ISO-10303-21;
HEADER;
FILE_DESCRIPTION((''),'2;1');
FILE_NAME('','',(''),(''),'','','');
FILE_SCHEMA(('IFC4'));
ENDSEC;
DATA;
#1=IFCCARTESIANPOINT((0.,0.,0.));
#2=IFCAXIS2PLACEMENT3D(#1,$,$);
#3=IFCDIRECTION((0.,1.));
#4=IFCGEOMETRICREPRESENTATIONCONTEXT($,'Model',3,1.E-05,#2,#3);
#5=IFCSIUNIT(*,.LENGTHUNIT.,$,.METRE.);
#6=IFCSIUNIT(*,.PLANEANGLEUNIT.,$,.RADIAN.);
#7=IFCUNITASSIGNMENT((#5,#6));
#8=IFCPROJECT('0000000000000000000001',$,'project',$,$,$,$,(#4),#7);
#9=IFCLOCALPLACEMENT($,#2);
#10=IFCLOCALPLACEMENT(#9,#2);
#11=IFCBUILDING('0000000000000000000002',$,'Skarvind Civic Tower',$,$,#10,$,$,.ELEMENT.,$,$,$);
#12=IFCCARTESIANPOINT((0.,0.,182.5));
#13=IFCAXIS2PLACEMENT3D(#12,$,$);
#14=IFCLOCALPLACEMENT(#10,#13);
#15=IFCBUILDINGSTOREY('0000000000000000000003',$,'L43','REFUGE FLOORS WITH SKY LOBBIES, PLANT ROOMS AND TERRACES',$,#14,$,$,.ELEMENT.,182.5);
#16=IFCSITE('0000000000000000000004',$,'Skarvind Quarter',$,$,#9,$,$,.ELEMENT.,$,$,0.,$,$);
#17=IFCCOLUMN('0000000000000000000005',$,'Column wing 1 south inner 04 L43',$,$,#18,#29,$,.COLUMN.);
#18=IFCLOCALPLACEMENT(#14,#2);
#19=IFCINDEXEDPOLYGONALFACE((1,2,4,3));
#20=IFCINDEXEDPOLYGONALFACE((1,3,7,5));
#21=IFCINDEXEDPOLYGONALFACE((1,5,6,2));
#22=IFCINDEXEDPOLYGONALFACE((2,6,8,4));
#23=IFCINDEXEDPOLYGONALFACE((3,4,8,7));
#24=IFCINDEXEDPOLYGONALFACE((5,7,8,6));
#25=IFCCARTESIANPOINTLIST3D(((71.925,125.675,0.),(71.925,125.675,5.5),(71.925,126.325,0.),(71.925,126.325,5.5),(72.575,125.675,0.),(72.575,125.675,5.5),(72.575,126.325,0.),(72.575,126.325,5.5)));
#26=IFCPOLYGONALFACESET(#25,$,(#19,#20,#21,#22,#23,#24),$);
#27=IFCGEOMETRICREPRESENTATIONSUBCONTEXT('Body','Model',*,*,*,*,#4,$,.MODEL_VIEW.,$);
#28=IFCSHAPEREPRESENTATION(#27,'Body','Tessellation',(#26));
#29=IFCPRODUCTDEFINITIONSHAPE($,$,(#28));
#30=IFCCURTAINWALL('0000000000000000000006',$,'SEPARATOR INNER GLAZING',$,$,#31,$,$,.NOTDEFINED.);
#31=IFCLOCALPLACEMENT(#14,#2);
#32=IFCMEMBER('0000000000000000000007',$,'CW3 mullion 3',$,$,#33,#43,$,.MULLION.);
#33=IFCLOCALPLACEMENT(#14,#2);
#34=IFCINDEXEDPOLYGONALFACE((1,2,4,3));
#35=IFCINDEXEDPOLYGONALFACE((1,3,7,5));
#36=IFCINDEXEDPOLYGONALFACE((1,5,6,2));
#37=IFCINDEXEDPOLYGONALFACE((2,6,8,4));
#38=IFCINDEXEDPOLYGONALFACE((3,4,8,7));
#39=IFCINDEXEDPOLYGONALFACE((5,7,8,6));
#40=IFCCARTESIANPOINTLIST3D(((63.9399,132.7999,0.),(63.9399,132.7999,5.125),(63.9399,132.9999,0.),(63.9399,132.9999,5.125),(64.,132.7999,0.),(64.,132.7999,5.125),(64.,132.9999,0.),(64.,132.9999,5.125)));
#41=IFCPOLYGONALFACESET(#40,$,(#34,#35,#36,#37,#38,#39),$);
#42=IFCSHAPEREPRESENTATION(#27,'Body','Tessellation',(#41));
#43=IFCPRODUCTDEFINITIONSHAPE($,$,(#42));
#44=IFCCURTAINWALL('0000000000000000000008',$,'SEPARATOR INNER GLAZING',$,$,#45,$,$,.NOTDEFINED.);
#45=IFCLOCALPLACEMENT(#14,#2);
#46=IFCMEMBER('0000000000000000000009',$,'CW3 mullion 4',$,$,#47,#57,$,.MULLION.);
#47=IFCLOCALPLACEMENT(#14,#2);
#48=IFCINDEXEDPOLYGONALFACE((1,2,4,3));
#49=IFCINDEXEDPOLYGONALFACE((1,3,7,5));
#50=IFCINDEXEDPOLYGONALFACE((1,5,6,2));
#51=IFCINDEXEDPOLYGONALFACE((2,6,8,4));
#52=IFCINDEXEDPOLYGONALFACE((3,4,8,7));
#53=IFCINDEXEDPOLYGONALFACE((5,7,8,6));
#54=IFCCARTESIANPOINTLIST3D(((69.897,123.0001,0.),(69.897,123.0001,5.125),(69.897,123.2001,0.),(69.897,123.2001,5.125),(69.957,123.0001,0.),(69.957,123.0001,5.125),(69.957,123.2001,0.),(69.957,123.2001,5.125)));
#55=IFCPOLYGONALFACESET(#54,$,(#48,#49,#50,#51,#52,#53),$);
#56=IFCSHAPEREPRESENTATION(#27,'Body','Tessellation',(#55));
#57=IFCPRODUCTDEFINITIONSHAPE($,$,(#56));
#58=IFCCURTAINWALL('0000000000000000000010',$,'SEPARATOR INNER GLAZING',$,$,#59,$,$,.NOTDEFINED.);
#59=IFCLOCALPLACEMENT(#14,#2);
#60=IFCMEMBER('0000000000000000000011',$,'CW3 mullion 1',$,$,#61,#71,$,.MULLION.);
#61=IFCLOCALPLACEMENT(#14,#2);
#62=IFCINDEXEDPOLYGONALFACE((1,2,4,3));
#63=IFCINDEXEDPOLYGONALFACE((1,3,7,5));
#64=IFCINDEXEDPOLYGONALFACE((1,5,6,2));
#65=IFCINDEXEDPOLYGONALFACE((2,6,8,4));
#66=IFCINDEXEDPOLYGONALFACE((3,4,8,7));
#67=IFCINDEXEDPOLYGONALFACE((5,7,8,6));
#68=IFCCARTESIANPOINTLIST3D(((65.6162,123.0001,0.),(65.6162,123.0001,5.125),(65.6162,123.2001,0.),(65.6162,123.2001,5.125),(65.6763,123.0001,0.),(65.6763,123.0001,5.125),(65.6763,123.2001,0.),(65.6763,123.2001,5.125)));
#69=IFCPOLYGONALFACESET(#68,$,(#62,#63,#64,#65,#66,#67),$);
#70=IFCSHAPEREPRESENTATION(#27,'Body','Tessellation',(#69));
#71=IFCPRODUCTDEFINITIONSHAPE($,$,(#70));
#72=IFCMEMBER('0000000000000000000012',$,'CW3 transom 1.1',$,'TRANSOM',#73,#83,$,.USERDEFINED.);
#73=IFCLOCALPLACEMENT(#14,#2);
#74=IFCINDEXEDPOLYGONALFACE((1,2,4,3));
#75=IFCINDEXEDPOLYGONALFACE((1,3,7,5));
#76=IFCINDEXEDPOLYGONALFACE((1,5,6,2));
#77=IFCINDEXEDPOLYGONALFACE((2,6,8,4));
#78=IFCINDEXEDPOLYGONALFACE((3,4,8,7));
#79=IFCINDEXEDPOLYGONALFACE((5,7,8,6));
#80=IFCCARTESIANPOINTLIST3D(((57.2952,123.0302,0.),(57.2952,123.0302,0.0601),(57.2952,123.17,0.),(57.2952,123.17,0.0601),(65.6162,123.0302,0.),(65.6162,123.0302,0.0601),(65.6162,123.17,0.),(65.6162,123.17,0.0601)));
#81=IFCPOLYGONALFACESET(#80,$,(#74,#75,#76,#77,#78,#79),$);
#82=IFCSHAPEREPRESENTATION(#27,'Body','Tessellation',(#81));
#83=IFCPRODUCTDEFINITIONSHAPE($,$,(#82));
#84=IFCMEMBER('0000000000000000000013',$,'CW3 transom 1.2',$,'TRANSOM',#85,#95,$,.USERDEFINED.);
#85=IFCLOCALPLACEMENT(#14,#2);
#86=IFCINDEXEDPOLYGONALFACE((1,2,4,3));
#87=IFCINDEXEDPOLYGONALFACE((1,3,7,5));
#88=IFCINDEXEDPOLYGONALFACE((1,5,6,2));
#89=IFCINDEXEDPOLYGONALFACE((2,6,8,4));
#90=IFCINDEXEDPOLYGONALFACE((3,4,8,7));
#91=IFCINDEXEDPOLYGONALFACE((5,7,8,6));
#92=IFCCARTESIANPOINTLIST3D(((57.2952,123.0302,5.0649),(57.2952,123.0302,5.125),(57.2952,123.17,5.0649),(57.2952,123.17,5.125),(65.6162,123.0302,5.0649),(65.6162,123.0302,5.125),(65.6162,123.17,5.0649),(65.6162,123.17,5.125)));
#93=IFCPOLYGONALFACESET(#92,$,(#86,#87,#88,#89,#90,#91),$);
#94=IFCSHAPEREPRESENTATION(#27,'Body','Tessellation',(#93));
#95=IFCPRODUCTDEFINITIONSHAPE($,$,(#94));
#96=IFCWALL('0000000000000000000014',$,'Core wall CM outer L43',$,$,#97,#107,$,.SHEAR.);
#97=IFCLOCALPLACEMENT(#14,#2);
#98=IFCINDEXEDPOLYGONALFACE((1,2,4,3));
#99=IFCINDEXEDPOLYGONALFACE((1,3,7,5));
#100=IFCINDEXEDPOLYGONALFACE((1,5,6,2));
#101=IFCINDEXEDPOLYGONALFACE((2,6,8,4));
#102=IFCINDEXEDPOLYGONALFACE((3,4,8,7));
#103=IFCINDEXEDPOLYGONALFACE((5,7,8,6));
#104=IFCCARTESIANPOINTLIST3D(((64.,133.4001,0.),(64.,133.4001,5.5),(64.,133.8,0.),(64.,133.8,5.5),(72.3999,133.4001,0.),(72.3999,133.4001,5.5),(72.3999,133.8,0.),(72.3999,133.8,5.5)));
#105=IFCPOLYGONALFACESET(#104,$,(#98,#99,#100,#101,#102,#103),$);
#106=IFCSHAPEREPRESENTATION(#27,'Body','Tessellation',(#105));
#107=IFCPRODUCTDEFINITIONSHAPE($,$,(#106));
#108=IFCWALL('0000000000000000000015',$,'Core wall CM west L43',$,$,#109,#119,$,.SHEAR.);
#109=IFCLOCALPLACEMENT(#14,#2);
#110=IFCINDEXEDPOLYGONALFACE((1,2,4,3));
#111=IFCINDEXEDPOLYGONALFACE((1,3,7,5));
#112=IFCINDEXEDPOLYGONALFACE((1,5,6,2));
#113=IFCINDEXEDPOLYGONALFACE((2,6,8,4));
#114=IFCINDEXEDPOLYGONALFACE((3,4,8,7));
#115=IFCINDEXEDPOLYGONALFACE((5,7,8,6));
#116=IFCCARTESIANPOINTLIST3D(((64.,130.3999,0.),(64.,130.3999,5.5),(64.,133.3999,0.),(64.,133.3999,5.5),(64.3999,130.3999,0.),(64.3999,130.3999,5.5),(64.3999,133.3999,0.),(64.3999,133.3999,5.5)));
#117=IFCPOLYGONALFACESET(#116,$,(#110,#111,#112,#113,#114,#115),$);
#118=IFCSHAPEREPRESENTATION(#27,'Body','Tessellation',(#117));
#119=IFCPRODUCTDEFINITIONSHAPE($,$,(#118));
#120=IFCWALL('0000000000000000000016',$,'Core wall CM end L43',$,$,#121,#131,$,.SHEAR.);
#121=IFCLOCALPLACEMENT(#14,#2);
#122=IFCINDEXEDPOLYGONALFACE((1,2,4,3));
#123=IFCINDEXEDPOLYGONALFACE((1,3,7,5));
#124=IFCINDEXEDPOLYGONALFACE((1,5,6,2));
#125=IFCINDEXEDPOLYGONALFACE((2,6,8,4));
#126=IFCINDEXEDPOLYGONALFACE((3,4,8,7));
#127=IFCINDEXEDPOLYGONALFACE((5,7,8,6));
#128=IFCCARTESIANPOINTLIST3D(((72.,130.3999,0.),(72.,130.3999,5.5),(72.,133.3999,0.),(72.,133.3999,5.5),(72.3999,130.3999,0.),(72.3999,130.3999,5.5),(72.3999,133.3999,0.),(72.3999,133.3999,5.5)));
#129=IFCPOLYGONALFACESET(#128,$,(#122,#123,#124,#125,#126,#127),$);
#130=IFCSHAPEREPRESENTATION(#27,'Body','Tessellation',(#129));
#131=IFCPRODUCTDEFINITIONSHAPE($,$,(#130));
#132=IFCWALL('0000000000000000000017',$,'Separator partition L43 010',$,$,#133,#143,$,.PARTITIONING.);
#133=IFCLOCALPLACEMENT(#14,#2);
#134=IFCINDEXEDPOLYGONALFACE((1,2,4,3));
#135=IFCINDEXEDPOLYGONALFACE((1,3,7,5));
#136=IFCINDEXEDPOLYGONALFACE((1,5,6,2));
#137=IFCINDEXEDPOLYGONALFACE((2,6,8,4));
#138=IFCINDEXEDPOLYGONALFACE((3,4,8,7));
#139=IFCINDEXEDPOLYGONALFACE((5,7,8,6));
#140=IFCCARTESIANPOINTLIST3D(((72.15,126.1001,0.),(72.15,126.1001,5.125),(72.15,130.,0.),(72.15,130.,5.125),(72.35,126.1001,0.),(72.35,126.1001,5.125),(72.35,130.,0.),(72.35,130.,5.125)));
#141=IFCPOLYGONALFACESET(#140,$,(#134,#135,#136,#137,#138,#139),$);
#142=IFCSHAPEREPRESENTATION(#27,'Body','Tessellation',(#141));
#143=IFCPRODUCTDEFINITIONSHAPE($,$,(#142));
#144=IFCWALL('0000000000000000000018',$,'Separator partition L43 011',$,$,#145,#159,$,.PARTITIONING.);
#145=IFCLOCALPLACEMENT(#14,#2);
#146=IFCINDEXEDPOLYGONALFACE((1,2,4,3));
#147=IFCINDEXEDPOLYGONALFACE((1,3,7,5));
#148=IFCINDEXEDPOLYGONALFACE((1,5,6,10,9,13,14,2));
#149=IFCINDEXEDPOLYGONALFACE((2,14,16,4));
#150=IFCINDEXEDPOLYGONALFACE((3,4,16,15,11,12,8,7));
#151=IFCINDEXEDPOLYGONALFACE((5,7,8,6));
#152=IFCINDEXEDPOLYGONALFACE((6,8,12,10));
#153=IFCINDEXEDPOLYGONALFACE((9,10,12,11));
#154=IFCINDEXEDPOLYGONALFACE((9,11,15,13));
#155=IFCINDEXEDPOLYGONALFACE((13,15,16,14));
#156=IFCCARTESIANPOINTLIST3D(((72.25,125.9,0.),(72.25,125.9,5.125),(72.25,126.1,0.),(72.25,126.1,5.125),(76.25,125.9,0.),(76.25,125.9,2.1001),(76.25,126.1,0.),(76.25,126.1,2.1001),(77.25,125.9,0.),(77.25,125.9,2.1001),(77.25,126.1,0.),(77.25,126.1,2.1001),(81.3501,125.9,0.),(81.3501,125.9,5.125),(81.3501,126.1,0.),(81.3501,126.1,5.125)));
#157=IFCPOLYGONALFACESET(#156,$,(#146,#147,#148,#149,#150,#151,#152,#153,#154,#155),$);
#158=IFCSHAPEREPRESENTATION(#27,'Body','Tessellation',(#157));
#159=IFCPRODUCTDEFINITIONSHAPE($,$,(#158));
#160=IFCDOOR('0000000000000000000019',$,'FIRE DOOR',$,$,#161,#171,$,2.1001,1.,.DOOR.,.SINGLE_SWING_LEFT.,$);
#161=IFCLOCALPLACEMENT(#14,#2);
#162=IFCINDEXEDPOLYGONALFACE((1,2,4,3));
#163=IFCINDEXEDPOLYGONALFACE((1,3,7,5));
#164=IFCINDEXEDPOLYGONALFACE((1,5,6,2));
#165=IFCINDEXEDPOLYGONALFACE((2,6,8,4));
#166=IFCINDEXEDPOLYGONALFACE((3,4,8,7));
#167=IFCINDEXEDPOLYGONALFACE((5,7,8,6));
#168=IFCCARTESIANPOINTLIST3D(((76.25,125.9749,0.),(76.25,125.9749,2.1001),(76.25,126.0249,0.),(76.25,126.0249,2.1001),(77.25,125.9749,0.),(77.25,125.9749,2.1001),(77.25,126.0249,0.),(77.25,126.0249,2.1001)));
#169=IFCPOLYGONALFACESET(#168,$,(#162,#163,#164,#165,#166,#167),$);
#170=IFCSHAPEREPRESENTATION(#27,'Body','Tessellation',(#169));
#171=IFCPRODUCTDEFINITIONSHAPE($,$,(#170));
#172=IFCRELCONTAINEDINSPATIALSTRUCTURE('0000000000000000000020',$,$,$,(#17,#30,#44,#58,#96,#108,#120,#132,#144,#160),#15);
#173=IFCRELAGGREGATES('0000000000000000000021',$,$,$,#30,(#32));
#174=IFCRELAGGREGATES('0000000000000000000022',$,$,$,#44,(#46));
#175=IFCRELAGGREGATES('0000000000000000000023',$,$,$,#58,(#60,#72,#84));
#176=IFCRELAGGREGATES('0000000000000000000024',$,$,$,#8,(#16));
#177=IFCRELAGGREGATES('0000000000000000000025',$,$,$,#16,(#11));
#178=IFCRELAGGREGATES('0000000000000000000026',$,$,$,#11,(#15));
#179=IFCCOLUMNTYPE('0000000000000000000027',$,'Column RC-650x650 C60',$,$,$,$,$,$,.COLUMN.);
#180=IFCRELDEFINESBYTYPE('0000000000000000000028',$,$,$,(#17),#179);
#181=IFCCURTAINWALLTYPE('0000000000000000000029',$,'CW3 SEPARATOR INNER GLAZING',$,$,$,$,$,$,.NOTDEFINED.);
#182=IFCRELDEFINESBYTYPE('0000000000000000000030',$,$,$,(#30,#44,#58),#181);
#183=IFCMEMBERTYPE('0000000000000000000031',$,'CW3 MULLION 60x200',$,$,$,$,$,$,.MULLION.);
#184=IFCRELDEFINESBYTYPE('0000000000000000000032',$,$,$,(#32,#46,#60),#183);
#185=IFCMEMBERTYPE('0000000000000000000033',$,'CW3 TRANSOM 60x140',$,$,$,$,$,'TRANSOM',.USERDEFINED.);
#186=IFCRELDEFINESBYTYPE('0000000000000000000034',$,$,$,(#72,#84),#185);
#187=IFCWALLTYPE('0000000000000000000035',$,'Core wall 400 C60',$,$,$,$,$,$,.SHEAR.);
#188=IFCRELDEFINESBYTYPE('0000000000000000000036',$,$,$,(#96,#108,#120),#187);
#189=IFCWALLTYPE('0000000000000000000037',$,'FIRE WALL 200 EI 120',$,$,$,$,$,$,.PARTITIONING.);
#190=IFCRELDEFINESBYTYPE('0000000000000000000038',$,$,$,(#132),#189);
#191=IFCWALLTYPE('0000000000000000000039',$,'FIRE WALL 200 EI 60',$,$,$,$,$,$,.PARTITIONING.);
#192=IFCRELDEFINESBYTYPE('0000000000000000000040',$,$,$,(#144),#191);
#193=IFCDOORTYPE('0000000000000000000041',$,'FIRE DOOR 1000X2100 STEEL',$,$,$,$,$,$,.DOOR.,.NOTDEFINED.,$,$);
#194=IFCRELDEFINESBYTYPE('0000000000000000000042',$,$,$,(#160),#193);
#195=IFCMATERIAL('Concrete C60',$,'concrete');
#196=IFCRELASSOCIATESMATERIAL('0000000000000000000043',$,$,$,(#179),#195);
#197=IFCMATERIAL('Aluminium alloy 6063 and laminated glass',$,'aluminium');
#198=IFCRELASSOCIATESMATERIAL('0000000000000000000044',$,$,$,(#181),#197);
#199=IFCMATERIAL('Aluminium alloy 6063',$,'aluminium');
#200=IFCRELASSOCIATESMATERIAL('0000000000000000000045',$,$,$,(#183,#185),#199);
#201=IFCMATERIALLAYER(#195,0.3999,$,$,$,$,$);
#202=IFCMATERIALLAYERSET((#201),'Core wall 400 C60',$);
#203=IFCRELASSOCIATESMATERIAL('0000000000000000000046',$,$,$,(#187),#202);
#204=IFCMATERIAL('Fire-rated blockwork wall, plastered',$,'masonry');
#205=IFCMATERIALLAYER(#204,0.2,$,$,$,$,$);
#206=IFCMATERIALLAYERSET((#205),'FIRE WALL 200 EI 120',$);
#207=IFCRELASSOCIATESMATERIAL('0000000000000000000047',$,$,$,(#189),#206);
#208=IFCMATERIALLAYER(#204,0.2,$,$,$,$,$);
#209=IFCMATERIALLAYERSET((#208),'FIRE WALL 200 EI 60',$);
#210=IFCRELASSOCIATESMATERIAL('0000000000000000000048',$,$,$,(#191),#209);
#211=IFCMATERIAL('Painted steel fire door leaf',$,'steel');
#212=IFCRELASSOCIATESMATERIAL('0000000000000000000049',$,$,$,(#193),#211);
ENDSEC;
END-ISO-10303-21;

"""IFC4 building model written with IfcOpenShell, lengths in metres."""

from ifc_helpers import new_model, si_unit, direction, frame, frame_2d, origin, origin_2d, place, context, subcontext, project, spatial, rectangle, extrude, material, layer, layer_set, material_profile, profile_set, type_object, element, fill, aggregate, save


model = new_model("IFC4")

# Units and contexts
model_context = context("Model", 3, precision=1e-05, world=origin(), true_north=direction((0.0, 1.0)))
body_context = subcontext(model_context, "Body", "Model", "MODEL_VIEW")
ifc_project = project(units=[si_unit("LENGTHUNIT", "METRE"), si_unit("PLANEANGLEUNIT", "RADIAN")], contexts=[model_context])

# Site, building, storey
site_placement = place(None, origin())
site = spatial("IfcSite", under=ifc_project, at=site_placement, Name="Skarvind Quarter", CompositionType="ELEMENT", RefElevation=0.0)
building_placement = place(site_placement, origin())
building = spatial("IfcBuilding", under=site, at=building_placement, Name="Skarvind Civic Tower", CompositionType="ELEMENT")
storey_placement = place(building_placement, frame((0.0, 0.0, 182.5)))
storey = spatial("IfcBuildingStorey", under=building, at=storey_placement, Name="L43", Description="REFUGE FLOORS WITH SKY LOBBIES, PLANT ROOMS AND TERRACES", CompositionType="ELEMENT", Elevation=182.5)

# Column
ifc_material_1 = material(Name="Concrete C60", Category="concrete")
ifc_material_profile_1 = material_profile(ifc_material_1, rectangle(XDim=0.6499, YDim=0.6499, at=origin_2d()), Name="RC-650x650")
ifc_profile_set_1 = profile_set([ifc_material_profile_1], Name="Concrete C60")
column_type = type_object("IfcColumnType", Name="Column RC-650x650 C60", PredefinedType="COLUMN", material=ifc_profile_set_1)
column_placement = place(storey_placement, frame((72.25, 126.0, 0.0), z_axis=(0.0, 0.0, 1.0), x_axis=(1.0, 0.0, 0.0)))
element("IfcColumn", 1, at=column_placement, inside=storey, type_object=column_type, Name="Column wing 1 south inner 04 L43", PredefinedType="COLUMN", context=body_context, shape_type="SweptSolid", body=[
    extrude(rectangle(XDim=0.6499, YDim=0.6499, at=origin_2d()), origin(), (0.0, 0.0, 1.0), 5.5),
])

# Curtain walls, members
ifc_material_2 = material(Name="Aluminium alloy 6063 and laminated glass", Category="aluminium")
curtain_wall_type = type_object("IfcCurtainWallType", Name="CW3 SEPARATOR INNER GLAZING", PredefinedType="NOTDEFINED", material=ifc_material_2)
curtain_wall_1_placement = place(storey_placement, origin())
curtain_wall_1 = element("IfcCurtainWall", 2, at=curtain_wall_1_placement, inside=storey, type_object=curtain_wall_type, Name="SEPARATOR INNER GLAZING", PredefinedType="NOTDEFINED")
ifc_material_3 = material(Name="Aluminium alloy 6063", Category="aluminium")
ifc_material_profile_2 = material_profile(ifc_material_3, rectangle(XDim=0.2, YDim=0.0601, at=origin_2d()), Name="AL 60x200")
ifc_profile_set_2 = profile_set([ifc_material_profile_2], Name="Aluminium alloy 6063")
member_type_1 = type_object("IfcMemberType", Name="CW3 MULLION 60x200", PredefinedType="MULLION", material=ifc_profile_set_2)
member_1_placement = place(storey_placement, frame((63.97, 132.8999, 0.0), z_axis=(0.0, 0.0, 1.0), x_axis=(0.0, 1.0, 0.0)))
member_1 = element("IfcMember", 3, at=member_1_placement, type_object=member_type_1, Name="CW3 mullion 3", PredefinedType="MULLION", context=body_context, shape_type="SweptSolid", body=[
    extrude(rectangle(XDim=0.2, YDim=0.0601, at=origin_2d()), origin(), (0.0, 0.0, 1.0), 5.125),
])
aggregate(curtain_wall_1, [member_1])
curtain_wall_2_placement = place(storey_placement, origin())
curtain_wall_2 = element("IfcCurtainWall", 4, at=curtain_wall_2_placement, inside=storey, type_object=curtain_wall_type, Name="SEPARATOR INNER GLAZING", PredefinedType="NOTDEFINED")
member_2_placement = place(storey_placement, frame((69.927, 123.1001, 0.0), z_axis=(0.0, 0.0, 1.0), x_axis=(0.0, -1.0, 0.0)))
member_2 = element("IfcMember", 5, at=member_2_placement, type_object=member_type_1, Name="CW3 mullion 4", PredefinedType="MULLION", context=body_context, shape_type="SweptSolid", body=[
    extrude(rectangle(XDim=0.2, YDim=0.0601, at=origin_2d()), origin(), (0.0, 0.0, 1.0), 5.125),
])
aggregate(curtain_wall_2, [member_2])

# Curtain wall, members
curtain_wall_3_placement = place(storey_placement, origin())
curtain_wall_3 = element("IfcCurtainWall", 6, at=curtain_wall_3_placement, inside=storey, type_object=curtain_wall_type, Name="SEPARATOR INNER GLAZING", PredefinedType="NOTDEFINED")
member_3_placement = place(storey_placement, frame((65.6462, 123.1001, 0.0), z_axis=(0.0, 0.0, 1.0), x_axis=(0.0, -1.0, 0.0)))
member_3 = element("IfcMember", 7, at=member_3_placement, type_object=member_type_1, Name="CW3 mullion 1", PredefinedType="MULLION", context=body_context, shape_type="SweptSolid", body=[
    extrude(rectangle(XDim=0.2, YDim=0.0601, at=origin_2d()), origin(), (0.0, 0.0, 1.0), 5.125),
])
ifc_material_profile_3 = material_profile(ifc_material_3, rectangle(XDim=0.1399, YDim=0.0601, at=origin_2d()), Name="AL 60x140")
ifc_profile_set_3 = profile_set([ifc_material_profile_3], Name="Aluminium alloy 6063")
member_type_2 = type_object("IfcMemberType", Name="CW3 TRANSOM 60x140", ElementType="TRANSOM", PredefinedType="USERDEFINED", material=ifc_profile_set_3)
member_4_placement = place(storey_placement, frame((65.6162, 123.1001, 0.03), z_axis=(-1.0, 0.0, 0.0), x_axis=(0.0, -1.0, 0.0)))
member_4 = element("IfcMember", 8, at=member_4_placement, type_object=member_type_2, Name="CW3 transom 1.1", ObjectType="TRANSOM", PredefinedType="USERDEFINED", context=body_context, shape_type="SweptSolid", body=[
    extrude(rectangle(XDim=0.1399, YDim=0.0601, at=origin_2d()), origin(), (0.0, 0.0, 1.0), 8.321),
])
member_5_placement = place(storey_placement, frame((65.6162, 123.1001, 5.095), z_axis=(-1.0, 0.0, 0.0), x_axis=(0.0, -1.0, 0.0)))
member_5 = element("IfcMember", 9, at=member_5_placement, type_object=member_type_2, Name="CW3 transom 1.2", ObjectType="TRANSOM", PredefinedType="USERDEFINED", context=body_context, shape_type="SweptSolid", body=[
    extrude(rectangle(XDim=0.1399, YDim=0.0601, at=origin_2d()), origin(), (0.0, 0.0, 1.0), 8.321),
])
aggregate(curtain_wall_3, [member_3, member_4, member_5])

# Walls
ifc_layer_1 = layer(ifc_material_1, 0.3999)
ifc_layer_set_1 = layer_set([ifc_layer_1], Name="Core wall 400 C60")
wall_type_1 = type_object("IfcWallType", Name="Core wall 400 C60", PredefinedType="SHEAR", material=ifc_layer_set_1)
wall_1_placement = place(storey_placement, frame((64.0, 133.6001, 0.0), z_axis=(0.0, 0.0, 1.0), x_axis=(1.0, 0.0, 0.0)))
element("IfcWall", 10, at=wall_1_placement, inside=storey, type_object=wall_type_1, Name="Core wall CM outer L43", PredefinedType="SHEAR", context=body_context, shape_type="SweptSolid", body=[
    extrude(rectangle(XDim=8.3999, YDim=0.3999, at=frame_2d((4.2, 0.0))), origin(), (0.0, 0.0, 1.0), 5.5),
])
for number, where, z_axis, x_axis, name in (
    (11, (64.2, 130.3999, 0.0), (0.0, 0.0, 1.0), (0.0, 1.0, 0.0), "Core wall CM west L43"),
    (12, (72.2, 130.3999, 0.0), (0.0, 0.0, 1.0), (0.0, 1.0, 0.0), "Core wall CM end L43"),
):
    element("IfcWall", number, at=place(storey_placement, frame(where, z_axis=z_axis, x_axis=x_axis)), inside=storey, type_object=wall_type_1, Name=name, PredefinedType="SHEAR", context=body_context, shape_type="SweptSolid", body=[
        extrude(rectangle(XDim=3.0, YDim=0.3999, at=frame_2d((1.5, 0.0))), origin(), (0.0, 0.0, 1.0), 5.5),
    ])
ifc_material_4 = material(Name="Fire-rated blockwork wall, plastered", Category="masonry")
ifc_layer_2 = layer(ifc_material_4, 0.2)
ifc_layer_set_2 = layer_set([ifc_layer_2], Name="FIRE WALL 200 EI 120")
wall_type_2 = type_object("IfcWallType", Name="FIRE WALL 200 EI 120", PredefinedType="PARTITIONING", material=ifc_layer_set_2)
wall_2_placement = place(storey_placement, frame((72.25, 126.1001, 0.0), z_axis=(0.0, 0.0, 1.0), x_axis=(0.0, 1.0, 0.0)))
element("IfcWall", 13, at=wall_2_placement, inside=storey, type_object=wall_type_2, Name="Separator partition L43 010", PredefinedType="PARTITIONING", context=body_context, shape_type="SweptSolid", body=[
    extrude(rectangle(XDim=3.8999, YDim=0.2, at=frame_2d((1.95, 0.0))), origin(), (0.0, 0.0, 1.0), 5.125),
])

# Wall, opening, door
ifc_layer_3 = layer(ifc_material_4, 0.2)
ifc_layer_set_3 = layer_set([ifc_layer_3], Name="FIRE WALL 200 EI 60")
wall_type_3 = type_object("IfcWallType", Name="FIRE WALL 200 EI 60", PredefinedType="PARTITIONING", material=ifc_layer_set_3)
wall_3_placement = place(storey_placement, frame((72.25, 126.0, 0.0), z_axis=(0.0, 0.0, 1.0), x_axis=(1.0, 0.0, 0.0)))
wall_3 = element("IfcWall", 14, at=wall_3_placement, inside=storey, type_object=wall_type_3, Name="Separator partition L43 011", PredefinedType="PARTITIONING", context=body_context, shape_type="SweptSolid", body=[
    extrude(rectangle(XDim=9.1001, YDim=0.2, at=frame_2d((4.55, 0.0))), origin(), (0.0, 0.0, 1.0), 5.125),
])
opening_1_placement = place(wall_3_placement, frame((4.0, 0.0, 0.0)))
opening_1 = element("IfcOpeningElement", 15, at=opening_1_placement, cuts=wall_3, PredefinedType="OPENING", context=body_context, shape_type="SweptSolid", body=[
    extrude(rectangle(XDim=1.0, YDim=2.1001, at=frame_2d((0.5, 1.05))), frame((0.0, 0.1099, 0.0), z_axis=(0.0, -1.0, 0.0), x_axis=(1.0, 0.0, 0.0)), (0.0, 0.0, 1.0), 0.22),
])
ifc_material_5 = material(Name="Painted steel fire door leaf", Category="steel")
door_type_1 = type_object("IfcDoorType", Name="FIRE DOOR 1000X2100 STEEL", OperationType="NOTDEFINED", PredefinedType="DOOR", material=ifc_material_5)
door_1_placement = place(opening_1_placement, origin())
door_1 = element("IfcDoor", 16, at=door_1_placement, inside=storey, type_object=door_type_1, Name="FIRE DOOR", OperationType="SINGLE_SWING_LEFT", OverallHeight=2.1001, OverallWidth=1.0, PredefinedType="DOOR", context=body_context, shape_type="SweptSolid", body=[
    extrude(rectangle(XDim=1.0, YDim=2.1001, at=frame_2d((0.5, 1.05))), frame((0.0, 0.0249, 0.0), z_axis=(0.0, -1.0, 0.0), x_axis=(1.0, 0.0, 0.0)), (0.0, 0.0, 1.0), 0.05),
])
fill(opening_1, door_1)

save(model, "model.ifc")
